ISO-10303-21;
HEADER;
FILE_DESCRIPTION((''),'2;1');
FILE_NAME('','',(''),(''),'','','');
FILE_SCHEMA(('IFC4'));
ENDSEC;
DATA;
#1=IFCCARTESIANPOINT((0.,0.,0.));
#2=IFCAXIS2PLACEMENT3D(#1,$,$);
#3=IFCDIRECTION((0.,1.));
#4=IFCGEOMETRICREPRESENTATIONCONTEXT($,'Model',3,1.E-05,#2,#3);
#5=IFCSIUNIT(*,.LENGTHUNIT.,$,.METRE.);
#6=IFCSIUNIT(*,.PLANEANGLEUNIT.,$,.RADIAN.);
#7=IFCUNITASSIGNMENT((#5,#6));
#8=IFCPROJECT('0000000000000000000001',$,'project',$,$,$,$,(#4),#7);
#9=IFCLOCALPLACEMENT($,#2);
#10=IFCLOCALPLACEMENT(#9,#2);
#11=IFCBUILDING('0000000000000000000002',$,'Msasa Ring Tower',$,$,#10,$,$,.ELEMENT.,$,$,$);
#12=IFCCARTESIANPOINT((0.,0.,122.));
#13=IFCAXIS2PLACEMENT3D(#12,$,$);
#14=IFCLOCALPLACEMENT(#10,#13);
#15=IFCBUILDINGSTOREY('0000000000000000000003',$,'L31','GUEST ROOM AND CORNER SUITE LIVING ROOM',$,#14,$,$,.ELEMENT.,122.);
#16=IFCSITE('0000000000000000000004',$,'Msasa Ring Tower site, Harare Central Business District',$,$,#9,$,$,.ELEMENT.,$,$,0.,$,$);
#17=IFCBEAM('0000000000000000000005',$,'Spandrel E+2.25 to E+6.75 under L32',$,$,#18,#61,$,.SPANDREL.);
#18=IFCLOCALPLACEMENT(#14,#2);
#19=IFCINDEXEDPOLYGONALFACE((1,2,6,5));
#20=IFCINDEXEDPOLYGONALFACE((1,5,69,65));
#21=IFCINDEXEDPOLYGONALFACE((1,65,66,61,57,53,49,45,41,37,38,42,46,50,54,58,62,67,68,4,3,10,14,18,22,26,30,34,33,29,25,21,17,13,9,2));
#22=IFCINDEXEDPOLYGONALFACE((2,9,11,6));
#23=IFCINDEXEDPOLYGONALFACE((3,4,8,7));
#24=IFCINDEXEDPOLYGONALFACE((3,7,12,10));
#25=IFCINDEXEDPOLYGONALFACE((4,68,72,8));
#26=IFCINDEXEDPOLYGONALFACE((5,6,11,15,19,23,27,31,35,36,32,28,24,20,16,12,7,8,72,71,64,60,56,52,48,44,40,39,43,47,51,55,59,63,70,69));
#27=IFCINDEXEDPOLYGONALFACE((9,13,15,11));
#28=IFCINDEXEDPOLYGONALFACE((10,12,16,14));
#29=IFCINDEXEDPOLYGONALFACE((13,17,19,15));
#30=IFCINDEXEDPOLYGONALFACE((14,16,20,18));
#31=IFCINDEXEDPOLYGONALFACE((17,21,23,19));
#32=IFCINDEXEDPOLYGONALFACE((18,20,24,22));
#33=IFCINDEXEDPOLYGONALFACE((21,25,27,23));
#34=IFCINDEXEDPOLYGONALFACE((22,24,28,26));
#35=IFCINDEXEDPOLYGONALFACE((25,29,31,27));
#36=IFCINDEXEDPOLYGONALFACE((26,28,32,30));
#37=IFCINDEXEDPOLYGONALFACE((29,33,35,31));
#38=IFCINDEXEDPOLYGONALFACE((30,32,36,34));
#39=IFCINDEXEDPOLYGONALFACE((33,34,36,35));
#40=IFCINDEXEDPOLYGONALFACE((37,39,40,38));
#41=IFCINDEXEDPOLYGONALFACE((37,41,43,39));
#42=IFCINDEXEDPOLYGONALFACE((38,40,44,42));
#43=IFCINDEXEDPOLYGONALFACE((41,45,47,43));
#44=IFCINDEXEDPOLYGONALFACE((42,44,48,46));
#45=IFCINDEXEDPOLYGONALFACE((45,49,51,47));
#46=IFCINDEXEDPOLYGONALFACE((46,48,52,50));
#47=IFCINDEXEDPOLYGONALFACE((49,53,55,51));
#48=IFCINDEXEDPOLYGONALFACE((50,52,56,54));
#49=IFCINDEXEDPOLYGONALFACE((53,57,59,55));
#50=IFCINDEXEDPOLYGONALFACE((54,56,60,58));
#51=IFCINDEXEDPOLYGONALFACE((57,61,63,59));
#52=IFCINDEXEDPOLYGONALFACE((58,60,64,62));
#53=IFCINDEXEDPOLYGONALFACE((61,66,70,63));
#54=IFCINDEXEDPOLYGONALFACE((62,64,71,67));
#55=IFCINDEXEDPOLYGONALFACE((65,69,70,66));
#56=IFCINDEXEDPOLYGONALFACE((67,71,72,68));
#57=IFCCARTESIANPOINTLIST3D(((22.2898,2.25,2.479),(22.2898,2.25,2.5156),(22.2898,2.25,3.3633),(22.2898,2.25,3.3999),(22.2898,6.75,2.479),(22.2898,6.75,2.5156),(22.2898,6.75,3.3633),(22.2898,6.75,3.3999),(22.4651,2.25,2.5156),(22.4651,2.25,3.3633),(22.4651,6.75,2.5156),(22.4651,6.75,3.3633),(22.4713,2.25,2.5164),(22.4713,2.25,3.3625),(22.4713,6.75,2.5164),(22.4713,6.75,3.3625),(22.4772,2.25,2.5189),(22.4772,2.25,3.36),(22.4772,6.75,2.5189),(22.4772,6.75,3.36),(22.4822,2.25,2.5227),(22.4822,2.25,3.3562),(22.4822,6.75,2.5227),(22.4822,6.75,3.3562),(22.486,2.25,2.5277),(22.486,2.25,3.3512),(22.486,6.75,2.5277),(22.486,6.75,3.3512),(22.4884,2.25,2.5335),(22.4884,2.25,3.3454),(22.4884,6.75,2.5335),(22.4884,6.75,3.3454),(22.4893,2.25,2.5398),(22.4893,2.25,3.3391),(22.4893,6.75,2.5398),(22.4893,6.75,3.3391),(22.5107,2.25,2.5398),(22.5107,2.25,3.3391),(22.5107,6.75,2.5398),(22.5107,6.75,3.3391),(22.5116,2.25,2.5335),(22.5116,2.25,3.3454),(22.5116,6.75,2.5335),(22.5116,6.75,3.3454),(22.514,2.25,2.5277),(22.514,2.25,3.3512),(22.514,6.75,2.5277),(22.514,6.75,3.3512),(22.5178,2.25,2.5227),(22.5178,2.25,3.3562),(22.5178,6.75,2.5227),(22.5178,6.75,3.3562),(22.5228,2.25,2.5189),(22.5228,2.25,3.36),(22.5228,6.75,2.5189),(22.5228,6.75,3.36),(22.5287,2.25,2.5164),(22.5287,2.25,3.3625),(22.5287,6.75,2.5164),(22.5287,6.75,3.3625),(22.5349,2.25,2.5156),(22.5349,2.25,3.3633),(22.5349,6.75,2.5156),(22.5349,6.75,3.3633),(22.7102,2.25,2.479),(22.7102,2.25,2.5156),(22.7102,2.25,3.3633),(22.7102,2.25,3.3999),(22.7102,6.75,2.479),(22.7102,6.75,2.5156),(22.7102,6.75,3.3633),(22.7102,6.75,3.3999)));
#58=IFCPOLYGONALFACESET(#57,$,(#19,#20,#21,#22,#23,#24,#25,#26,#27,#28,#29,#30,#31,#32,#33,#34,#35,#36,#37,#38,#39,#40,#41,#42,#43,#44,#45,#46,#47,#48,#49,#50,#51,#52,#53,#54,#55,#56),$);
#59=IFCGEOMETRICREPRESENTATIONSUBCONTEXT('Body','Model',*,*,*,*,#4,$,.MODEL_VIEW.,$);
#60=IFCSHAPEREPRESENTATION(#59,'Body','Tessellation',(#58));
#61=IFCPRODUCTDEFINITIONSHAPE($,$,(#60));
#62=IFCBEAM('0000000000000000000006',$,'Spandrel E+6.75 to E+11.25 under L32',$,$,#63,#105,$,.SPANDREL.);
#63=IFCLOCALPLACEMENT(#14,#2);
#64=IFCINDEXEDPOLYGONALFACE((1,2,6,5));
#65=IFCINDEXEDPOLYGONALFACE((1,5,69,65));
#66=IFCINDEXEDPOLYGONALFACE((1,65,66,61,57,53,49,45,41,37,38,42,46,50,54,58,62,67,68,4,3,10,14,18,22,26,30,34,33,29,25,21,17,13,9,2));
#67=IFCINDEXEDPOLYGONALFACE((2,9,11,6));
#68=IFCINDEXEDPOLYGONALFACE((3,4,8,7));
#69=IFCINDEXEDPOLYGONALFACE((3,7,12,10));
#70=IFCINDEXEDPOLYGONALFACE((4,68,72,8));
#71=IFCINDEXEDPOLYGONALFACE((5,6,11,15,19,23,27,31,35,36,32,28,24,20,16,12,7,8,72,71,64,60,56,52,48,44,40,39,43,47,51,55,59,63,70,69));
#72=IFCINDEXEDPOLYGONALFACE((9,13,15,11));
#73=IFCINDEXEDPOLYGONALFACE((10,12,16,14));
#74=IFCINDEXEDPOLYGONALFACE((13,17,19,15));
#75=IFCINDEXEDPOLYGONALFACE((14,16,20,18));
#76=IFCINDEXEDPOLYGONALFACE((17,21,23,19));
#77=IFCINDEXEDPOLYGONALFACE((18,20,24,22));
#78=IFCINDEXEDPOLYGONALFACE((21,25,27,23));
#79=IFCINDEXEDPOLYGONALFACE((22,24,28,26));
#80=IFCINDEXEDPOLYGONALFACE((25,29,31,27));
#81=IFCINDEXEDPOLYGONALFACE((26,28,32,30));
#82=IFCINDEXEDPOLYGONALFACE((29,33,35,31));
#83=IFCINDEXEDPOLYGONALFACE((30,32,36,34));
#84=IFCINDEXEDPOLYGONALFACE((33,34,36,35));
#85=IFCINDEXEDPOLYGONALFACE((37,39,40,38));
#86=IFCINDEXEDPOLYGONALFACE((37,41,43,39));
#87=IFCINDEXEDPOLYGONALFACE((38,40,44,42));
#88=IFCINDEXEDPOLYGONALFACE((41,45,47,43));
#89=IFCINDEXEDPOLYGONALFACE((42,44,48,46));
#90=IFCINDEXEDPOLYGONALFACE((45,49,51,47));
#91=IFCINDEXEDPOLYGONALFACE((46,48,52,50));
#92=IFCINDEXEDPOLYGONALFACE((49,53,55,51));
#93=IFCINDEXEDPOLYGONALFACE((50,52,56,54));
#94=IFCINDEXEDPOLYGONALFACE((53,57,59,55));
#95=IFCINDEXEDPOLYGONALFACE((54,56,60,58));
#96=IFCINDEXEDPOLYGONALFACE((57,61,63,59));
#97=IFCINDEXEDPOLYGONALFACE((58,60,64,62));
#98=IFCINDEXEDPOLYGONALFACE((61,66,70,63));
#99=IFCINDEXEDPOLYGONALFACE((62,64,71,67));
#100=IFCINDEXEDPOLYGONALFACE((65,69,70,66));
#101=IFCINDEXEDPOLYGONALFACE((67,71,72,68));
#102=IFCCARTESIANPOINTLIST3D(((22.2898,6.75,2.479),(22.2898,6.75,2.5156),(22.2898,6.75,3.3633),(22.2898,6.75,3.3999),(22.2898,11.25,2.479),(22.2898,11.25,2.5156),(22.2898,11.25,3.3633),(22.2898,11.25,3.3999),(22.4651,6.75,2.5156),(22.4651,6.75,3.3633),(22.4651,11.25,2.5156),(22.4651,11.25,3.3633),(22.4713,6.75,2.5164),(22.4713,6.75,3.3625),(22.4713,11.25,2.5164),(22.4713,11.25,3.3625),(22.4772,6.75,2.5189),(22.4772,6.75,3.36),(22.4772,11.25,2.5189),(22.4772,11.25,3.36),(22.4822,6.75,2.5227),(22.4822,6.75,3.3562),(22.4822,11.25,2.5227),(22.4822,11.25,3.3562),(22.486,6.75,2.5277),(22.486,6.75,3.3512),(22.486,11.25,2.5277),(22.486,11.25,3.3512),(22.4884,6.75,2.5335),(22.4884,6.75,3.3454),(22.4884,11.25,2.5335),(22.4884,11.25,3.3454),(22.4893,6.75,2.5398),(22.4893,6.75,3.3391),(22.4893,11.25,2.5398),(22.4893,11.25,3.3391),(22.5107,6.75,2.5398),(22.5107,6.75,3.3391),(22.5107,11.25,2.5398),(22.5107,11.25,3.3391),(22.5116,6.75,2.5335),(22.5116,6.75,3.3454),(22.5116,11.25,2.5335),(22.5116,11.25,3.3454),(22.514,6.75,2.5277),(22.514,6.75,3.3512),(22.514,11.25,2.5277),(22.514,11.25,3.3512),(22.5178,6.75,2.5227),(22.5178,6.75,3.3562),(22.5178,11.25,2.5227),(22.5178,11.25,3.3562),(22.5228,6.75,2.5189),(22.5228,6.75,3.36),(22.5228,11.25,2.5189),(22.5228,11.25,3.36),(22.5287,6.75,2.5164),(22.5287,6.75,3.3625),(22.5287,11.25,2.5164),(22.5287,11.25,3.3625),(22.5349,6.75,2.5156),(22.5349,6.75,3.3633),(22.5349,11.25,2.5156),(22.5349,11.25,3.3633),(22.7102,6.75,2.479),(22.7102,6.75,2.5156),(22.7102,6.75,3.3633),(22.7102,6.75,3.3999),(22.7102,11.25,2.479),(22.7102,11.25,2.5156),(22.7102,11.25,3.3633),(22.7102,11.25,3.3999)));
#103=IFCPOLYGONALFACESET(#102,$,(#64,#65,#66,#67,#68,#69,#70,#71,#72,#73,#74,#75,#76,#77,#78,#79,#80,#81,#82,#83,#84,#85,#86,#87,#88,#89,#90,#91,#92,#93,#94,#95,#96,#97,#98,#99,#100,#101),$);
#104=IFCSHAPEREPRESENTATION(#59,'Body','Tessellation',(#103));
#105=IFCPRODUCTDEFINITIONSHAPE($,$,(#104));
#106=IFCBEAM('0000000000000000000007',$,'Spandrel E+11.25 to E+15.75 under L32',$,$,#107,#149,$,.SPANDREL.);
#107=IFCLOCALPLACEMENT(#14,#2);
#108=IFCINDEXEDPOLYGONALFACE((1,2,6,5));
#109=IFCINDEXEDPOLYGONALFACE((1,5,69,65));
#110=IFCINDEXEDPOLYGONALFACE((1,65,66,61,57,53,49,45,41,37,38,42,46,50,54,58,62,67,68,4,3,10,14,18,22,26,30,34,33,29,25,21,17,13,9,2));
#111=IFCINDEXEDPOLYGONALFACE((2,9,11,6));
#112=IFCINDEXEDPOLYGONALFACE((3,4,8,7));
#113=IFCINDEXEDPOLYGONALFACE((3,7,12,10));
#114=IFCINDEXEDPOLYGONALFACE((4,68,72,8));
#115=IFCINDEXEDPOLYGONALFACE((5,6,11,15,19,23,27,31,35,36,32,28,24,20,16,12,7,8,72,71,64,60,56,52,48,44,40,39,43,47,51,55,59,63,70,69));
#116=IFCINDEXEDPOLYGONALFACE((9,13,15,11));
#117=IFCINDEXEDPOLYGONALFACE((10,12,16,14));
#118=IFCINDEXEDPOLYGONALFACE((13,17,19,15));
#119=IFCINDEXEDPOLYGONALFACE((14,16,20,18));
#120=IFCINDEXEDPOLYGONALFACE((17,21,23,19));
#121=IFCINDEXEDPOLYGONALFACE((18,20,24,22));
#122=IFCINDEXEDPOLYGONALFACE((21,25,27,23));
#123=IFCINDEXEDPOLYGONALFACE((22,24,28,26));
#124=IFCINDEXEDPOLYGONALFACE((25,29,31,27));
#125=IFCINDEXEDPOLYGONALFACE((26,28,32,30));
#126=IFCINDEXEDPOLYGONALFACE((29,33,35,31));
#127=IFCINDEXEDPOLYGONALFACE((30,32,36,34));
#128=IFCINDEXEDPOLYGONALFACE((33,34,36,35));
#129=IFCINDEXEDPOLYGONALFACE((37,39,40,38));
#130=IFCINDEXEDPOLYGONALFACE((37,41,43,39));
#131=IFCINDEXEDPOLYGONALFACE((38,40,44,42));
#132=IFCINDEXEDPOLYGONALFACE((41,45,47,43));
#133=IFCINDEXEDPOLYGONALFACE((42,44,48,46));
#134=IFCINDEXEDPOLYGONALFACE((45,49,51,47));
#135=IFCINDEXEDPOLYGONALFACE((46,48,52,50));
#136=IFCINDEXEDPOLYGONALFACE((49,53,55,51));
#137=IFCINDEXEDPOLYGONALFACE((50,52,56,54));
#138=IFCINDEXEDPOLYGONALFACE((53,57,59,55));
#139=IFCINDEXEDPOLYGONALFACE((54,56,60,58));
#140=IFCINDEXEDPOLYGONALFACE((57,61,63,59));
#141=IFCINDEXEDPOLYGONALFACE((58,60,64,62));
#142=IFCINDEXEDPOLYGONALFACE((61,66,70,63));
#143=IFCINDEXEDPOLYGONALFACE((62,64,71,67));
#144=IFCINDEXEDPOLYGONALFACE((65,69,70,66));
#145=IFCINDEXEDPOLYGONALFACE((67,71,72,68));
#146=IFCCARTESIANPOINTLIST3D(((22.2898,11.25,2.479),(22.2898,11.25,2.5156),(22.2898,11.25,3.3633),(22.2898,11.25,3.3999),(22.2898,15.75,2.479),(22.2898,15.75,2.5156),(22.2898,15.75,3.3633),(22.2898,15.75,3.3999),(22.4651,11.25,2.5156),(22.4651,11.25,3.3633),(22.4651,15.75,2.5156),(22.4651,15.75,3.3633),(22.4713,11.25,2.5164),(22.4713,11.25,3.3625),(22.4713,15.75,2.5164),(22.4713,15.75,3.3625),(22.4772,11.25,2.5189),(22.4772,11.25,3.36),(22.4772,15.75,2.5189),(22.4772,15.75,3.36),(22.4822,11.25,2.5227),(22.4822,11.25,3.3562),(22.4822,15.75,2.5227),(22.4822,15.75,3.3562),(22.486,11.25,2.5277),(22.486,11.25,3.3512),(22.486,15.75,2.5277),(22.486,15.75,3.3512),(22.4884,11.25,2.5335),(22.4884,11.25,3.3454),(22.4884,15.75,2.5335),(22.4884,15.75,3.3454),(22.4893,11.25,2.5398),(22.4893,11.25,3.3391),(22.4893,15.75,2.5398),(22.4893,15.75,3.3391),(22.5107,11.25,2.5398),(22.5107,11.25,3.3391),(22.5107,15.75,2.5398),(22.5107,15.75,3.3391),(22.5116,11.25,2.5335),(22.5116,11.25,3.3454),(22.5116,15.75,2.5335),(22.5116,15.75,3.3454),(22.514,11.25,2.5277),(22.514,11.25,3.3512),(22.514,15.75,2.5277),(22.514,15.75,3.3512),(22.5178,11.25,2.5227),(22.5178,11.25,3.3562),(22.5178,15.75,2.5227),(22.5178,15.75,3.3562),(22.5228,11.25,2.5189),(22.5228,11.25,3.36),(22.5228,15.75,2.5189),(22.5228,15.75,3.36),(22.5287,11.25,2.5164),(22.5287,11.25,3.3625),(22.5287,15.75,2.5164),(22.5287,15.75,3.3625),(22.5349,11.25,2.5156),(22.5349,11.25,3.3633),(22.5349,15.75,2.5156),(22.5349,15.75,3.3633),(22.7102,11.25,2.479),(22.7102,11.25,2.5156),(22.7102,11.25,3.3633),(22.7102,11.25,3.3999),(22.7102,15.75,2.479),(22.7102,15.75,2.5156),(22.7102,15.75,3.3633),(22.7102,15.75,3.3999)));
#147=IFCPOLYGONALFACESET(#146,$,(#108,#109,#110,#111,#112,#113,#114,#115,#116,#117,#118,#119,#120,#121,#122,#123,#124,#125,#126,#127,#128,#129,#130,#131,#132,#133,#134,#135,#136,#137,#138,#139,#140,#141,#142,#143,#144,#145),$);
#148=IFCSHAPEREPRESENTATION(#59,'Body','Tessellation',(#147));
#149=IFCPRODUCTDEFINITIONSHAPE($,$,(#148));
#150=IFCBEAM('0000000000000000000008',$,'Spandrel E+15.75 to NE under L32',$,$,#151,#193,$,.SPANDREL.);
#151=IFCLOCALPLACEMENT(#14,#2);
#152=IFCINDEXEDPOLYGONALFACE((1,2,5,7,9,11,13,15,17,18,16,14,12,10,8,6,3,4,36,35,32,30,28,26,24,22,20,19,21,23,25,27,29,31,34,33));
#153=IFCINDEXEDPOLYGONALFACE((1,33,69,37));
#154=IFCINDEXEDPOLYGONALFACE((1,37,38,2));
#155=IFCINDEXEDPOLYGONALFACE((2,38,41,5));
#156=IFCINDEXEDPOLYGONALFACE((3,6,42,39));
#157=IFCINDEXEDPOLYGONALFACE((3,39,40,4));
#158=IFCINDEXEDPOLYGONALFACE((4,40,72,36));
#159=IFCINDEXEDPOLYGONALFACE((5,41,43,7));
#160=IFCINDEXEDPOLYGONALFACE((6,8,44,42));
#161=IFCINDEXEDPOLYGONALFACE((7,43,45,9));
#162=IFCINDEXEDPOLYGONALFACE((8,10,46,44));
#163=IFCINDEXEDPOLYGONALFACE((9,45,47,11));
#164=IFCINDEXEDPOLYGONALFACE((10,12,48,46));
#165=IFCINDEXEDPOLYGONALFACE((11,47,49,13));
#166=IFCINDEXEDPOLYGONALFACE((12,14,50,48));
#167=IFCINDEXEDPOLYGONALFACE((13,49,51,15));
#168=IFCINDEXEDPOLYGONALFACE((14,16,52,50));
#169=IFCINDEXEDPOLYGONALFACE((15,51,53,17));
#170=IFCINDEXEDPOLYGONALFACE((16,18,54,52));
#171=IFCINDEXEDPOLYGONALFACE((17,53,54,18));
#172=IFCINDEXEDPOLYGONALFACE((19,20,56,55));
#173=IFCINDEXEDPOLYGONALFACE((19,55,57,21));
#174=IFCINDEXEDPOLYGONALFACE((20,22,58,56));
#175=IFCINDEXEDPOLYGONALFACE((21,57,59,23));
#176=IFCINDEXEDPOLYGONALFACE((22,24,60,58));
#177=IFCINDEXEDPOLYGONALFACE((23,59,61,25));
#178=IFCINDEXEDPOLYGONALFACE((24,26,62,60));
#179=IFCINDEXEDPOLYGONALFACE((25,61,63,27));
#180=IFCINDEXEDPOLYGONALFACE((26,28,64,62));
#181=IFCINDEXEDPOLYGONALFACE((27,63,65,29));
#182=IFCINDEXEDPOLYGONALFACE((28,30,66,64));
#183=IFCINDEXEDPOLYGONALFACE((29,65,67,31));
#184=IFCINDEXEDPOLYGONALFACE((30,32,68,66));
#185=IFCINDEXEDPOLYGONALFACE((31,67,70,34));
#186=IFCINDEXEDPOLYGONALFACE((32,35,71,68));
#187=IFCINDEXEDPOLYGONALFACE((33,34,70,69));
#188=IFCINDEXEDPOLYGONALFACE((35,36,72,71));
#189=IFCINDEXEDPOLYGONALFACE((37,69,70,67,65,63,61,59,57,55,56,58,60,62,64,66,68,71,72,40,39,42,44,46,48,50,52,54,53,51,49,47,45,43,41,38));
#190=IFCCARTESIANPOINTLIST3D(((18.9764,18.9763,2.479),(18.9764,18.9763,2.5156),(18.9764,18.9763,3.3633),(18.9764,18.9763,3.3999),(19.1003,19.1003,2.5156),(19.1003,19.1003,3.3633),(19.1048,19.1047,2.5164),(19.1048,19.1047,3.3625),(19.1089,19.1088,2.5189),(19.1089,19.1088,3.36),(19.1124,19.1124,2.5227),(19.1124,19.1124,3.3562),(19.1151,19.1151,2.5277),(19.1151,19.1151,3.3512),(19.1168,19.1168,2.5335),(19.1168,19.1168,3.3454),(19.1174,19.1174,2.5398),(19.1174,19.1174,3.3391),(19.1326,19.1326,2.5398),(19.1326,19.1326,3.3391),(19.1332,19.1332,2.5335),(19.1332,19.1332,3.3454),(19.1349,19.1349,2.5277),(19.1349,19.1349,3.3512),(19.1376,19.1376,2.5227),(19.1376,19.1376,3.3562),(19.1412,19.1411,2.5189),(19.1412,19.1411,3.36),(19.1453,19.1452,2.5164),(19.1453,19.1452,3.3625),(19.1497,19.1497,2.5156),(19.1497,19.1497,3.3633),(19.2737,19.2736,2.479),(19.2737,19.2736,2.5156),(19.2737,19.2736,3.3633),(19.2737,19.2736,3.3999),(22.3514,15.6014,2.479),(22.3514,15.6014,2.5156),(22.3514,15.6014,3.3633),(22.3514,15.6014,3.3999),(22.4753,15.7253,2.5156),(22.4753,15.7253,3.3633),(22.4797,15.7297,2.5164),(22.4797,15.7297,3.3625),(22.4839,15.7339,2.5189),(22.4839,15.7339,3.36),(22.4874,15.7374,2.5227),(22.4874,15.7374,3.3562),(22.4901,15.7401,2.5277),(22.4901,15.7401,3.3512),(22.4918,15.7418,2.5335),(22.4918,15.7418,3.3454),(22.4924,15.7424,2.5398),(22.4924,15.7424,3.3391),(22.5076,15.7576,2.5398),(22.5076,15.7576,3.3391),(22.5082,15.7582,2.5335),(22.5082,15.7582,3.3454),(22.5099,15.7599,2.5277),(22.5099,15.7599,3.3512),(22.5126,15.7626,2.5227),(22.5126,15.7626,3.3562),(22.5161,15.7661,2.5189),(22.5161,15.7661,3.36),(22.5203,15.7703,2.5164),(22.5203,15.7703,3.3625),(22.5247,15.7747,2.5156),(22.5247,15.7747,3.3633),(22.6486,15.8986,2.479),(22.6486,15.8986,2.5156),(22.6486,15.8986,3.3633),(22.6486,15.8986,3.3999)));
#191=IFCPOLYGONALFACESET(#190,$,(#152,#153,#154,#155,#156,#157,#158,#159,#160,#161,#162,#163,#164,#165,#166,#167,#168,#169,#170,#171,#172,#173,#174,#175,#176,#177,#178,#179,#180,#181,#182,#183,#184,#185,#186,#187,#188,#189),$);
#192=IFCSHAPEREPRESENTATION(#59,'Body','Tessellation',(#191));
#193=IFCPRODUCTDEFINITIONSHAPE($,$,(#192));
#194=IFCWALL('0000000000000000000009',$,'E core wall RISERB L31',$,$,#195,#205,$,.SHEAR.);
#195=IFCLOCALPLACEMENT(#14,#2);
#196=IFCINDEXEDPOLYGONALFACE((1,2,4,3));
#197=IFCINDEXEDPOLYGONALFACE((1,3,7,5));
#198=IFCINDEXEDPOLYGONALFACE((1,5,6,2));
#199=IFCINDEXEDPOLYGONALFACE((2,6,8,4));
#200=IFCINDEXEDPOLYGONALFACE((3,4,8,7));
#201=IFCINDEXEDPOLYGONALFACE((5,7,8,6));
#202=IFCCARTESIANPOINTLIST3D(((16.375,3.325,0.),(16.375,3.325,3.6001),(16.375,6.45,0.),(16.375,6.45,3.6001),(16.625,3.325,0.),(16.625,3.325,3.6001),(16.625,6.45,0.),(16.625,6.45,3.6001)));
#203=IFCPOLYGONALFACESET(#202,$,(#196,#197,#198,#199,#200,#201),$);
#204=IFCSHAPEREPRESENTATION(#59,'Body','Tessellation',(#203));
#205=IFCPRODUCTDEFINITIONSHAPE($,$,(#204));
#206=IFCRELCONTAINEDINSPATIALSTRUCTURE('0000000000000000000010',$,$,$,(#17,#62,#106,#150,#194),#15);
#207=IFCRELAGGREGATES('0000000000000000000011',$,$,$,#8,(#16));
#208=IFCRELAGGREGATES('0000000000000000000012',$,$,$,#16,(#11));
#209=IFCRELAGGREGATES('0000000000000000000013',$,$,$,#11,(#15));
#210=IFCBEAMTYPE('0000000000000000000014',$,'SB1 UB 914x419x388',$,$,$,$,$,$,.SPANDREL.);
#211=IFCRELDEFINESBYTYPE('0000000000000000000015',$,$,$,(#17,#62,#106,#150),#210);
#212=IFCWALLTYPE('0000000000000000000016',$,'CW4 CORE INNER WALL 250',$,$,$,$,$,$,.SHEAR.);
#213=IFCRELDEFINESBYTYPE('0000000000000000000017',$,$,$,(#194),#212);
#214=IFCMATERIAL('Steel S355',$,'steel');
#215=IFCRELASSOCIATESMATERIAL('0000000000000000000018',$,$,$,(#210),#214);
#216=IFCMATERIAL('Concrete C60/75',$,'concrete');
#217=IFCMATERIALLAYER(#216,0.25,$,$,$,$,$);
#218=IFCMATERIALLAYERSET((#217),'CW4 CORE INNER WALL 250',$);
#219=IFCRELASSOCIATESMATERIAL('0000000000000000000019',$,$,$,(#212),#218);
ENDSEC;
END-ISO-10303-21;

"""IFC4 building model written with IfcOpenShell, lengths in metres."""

from ifc_helpers import new_model, si_unit, direction, frame, frame_2d, origin, origin_2d, place, context, subcontext, project, spatial, rectangle, i_section, extrude, material, layer, layer_set, material_profile, profile_set, type_object, element, save


model = new_model("IFC4")

# Units and contexts
model_context = context("Model", 3, precision=1e-05, world=origin(), true_north=direction((0.0, 1.0)))
body_context = subcontext(model_context, "Body", "Model", "MODEL_VIEW")
ifc_project = project(units=[si_unit("LENGTHUNIT", "METRE"), si_unit("PLANEANGLEUNIT", "RADIAN")], contexts=[model_context])

# Site, building, storey
site_placement = place(None, origin())
site = spatial("IfcSite", under=ifc_project, at=site_placement, Name="Msasa Ring Tower site, Harare Central Business District", CompositionType="ELEMENT", RefElevation=0.0)
building_placement = place(site_placement, origin())
building = spatial("IfcBuilding", under=site, at=building_placement, Name="Msasa Ring Tower", CompositionType="ELEMENT")
storey_placement = place(building_placement, frame((0.0, 0.0, 122.0)))
storey = spatial("IfcBuildingStorey", under=building, at=storey_placement, Name="L31", Description="GUEST ROOM AND CORNER SUITE LIVING ROOM", CompositionType="ELEMENT", Elevation=122.0)

# Beams
ifc_material_1 = material(Name="Steel S355", Category="steel")
ifc_material_profile_1 = material_profile(ifc_material_1, i_section(OverallWidth=0.4204, OverallDepth=0.9209, WebThickness=0.0215, FlangeThickness=0.0366, FilletRadius=0.0242, at=origin_2d()), Name="UB 914x419x388")
ifc_profile_set_1 = profile_set([ifc_material_profile_1], Name="Steel S355")
beam_type_1 = type_object("IfcBeamType", Name="SB1 UB 914x419x388", PredefinedType="SPANDREL", material=ifc_profile_set_1)
for number, where, z_axis, x_axis, name in (
    (1, (22.5, 2.25, 2.9395), (0.0, 1.0, 0.0), (-1.0, 0.0, 0.0), "Spandrel E+2.25 to E+6.75 under L32"),
    (2, (22.5, 6.75, 2.9395), (0.0, 1.0, 0.0), (-1.0, 0.0, 0.0), "Spandrel E+6.75 to E+11.25 under L32"),
    (3, (22.5, 11.25, 2.9395), (0.0, 1.0, 0.0), (-1.0, 0.0, 0.0), "Spandrel E+11.25 to E+15.75 under L32"),
):
    element("IfcBeam", number, at=place(storey_placement, frame(where, z_axis=z_axis, x_axis=x_axis)), inside=storey, type_object=beam_type_1, Name=name, PredefinedType="SPANDREL", context=body_context, shape_type="SweptSolid", body=[
        extrude(i_section(OverallWidth=0.4204, OverallDepth=0.9209, WebThickness=0.0215, FlangeThickness=0.0366, FilletRadius=0.0242, at=origin_2d()), origin(), (0.0, 0.0, 1.0), 4.5),
    ])
beam_1_placement = place(storey_placement, frame((22.5, 15.75, 2.9395), z_axis=(-0.707107, 0.707107, 0.0), x_axis=(-0.707107, -0.707107, 0.0)))
element("IfcBeam", 4, at=beam_1_placement, inside=storey, type_object=beam_type_1, Name="Spandrel E+15.75 to NE under L32", PredefinedType="SPANDREL", context=body_context, shape_type="SweptSolid", body=[
    extrude(i_section(OverallWidth=0.4204, OverallDepth=0.9209, WebThickness=0.0215, FlangeThickness=0.0366, FilletRadius=0.0242, at=origin_2d()), origin(), (0.0, 0.0, 1.0), 4.7729),
])

# Wall
ifc_material_2 = material(Name="Concrete C60/75", Category="concrete")
ifc_layer_1 = layer(ifc_material_2, 0.25)
ifc_layer_set_1 = layer_set([ifc_layer_1], Name="CW4 CORE INNER WALL 250")
wall_type_1 = type_object("IfcWallType", Name="CW4 CORE INNER WALL 250", PredefinedType="SHEAR", material=ifc_layer_set_1)
wall_1_placement = place(storey_placement, frame((16.5, 3.325, 0.0), z_axis=(0.0, 0.0, 1.0), x_axis=(0.0, 1.0, 0.0)))
element("IfcWall", 5, at=wall_1_placement, inside=storey, type_object=wall_type_1, Name="E core wall RISERB L31", PredefinedType="SHEAR", context=body_context, shape_type="SweptSolid", body=[
    extrude(rectangle(XDim=3.125, YDim=0.25, at=frame_2d((1.5625, 0.0))), origin(), (0.0, 0.0, 1.0), 3.6001),
])

save(model, "model.ifc")
